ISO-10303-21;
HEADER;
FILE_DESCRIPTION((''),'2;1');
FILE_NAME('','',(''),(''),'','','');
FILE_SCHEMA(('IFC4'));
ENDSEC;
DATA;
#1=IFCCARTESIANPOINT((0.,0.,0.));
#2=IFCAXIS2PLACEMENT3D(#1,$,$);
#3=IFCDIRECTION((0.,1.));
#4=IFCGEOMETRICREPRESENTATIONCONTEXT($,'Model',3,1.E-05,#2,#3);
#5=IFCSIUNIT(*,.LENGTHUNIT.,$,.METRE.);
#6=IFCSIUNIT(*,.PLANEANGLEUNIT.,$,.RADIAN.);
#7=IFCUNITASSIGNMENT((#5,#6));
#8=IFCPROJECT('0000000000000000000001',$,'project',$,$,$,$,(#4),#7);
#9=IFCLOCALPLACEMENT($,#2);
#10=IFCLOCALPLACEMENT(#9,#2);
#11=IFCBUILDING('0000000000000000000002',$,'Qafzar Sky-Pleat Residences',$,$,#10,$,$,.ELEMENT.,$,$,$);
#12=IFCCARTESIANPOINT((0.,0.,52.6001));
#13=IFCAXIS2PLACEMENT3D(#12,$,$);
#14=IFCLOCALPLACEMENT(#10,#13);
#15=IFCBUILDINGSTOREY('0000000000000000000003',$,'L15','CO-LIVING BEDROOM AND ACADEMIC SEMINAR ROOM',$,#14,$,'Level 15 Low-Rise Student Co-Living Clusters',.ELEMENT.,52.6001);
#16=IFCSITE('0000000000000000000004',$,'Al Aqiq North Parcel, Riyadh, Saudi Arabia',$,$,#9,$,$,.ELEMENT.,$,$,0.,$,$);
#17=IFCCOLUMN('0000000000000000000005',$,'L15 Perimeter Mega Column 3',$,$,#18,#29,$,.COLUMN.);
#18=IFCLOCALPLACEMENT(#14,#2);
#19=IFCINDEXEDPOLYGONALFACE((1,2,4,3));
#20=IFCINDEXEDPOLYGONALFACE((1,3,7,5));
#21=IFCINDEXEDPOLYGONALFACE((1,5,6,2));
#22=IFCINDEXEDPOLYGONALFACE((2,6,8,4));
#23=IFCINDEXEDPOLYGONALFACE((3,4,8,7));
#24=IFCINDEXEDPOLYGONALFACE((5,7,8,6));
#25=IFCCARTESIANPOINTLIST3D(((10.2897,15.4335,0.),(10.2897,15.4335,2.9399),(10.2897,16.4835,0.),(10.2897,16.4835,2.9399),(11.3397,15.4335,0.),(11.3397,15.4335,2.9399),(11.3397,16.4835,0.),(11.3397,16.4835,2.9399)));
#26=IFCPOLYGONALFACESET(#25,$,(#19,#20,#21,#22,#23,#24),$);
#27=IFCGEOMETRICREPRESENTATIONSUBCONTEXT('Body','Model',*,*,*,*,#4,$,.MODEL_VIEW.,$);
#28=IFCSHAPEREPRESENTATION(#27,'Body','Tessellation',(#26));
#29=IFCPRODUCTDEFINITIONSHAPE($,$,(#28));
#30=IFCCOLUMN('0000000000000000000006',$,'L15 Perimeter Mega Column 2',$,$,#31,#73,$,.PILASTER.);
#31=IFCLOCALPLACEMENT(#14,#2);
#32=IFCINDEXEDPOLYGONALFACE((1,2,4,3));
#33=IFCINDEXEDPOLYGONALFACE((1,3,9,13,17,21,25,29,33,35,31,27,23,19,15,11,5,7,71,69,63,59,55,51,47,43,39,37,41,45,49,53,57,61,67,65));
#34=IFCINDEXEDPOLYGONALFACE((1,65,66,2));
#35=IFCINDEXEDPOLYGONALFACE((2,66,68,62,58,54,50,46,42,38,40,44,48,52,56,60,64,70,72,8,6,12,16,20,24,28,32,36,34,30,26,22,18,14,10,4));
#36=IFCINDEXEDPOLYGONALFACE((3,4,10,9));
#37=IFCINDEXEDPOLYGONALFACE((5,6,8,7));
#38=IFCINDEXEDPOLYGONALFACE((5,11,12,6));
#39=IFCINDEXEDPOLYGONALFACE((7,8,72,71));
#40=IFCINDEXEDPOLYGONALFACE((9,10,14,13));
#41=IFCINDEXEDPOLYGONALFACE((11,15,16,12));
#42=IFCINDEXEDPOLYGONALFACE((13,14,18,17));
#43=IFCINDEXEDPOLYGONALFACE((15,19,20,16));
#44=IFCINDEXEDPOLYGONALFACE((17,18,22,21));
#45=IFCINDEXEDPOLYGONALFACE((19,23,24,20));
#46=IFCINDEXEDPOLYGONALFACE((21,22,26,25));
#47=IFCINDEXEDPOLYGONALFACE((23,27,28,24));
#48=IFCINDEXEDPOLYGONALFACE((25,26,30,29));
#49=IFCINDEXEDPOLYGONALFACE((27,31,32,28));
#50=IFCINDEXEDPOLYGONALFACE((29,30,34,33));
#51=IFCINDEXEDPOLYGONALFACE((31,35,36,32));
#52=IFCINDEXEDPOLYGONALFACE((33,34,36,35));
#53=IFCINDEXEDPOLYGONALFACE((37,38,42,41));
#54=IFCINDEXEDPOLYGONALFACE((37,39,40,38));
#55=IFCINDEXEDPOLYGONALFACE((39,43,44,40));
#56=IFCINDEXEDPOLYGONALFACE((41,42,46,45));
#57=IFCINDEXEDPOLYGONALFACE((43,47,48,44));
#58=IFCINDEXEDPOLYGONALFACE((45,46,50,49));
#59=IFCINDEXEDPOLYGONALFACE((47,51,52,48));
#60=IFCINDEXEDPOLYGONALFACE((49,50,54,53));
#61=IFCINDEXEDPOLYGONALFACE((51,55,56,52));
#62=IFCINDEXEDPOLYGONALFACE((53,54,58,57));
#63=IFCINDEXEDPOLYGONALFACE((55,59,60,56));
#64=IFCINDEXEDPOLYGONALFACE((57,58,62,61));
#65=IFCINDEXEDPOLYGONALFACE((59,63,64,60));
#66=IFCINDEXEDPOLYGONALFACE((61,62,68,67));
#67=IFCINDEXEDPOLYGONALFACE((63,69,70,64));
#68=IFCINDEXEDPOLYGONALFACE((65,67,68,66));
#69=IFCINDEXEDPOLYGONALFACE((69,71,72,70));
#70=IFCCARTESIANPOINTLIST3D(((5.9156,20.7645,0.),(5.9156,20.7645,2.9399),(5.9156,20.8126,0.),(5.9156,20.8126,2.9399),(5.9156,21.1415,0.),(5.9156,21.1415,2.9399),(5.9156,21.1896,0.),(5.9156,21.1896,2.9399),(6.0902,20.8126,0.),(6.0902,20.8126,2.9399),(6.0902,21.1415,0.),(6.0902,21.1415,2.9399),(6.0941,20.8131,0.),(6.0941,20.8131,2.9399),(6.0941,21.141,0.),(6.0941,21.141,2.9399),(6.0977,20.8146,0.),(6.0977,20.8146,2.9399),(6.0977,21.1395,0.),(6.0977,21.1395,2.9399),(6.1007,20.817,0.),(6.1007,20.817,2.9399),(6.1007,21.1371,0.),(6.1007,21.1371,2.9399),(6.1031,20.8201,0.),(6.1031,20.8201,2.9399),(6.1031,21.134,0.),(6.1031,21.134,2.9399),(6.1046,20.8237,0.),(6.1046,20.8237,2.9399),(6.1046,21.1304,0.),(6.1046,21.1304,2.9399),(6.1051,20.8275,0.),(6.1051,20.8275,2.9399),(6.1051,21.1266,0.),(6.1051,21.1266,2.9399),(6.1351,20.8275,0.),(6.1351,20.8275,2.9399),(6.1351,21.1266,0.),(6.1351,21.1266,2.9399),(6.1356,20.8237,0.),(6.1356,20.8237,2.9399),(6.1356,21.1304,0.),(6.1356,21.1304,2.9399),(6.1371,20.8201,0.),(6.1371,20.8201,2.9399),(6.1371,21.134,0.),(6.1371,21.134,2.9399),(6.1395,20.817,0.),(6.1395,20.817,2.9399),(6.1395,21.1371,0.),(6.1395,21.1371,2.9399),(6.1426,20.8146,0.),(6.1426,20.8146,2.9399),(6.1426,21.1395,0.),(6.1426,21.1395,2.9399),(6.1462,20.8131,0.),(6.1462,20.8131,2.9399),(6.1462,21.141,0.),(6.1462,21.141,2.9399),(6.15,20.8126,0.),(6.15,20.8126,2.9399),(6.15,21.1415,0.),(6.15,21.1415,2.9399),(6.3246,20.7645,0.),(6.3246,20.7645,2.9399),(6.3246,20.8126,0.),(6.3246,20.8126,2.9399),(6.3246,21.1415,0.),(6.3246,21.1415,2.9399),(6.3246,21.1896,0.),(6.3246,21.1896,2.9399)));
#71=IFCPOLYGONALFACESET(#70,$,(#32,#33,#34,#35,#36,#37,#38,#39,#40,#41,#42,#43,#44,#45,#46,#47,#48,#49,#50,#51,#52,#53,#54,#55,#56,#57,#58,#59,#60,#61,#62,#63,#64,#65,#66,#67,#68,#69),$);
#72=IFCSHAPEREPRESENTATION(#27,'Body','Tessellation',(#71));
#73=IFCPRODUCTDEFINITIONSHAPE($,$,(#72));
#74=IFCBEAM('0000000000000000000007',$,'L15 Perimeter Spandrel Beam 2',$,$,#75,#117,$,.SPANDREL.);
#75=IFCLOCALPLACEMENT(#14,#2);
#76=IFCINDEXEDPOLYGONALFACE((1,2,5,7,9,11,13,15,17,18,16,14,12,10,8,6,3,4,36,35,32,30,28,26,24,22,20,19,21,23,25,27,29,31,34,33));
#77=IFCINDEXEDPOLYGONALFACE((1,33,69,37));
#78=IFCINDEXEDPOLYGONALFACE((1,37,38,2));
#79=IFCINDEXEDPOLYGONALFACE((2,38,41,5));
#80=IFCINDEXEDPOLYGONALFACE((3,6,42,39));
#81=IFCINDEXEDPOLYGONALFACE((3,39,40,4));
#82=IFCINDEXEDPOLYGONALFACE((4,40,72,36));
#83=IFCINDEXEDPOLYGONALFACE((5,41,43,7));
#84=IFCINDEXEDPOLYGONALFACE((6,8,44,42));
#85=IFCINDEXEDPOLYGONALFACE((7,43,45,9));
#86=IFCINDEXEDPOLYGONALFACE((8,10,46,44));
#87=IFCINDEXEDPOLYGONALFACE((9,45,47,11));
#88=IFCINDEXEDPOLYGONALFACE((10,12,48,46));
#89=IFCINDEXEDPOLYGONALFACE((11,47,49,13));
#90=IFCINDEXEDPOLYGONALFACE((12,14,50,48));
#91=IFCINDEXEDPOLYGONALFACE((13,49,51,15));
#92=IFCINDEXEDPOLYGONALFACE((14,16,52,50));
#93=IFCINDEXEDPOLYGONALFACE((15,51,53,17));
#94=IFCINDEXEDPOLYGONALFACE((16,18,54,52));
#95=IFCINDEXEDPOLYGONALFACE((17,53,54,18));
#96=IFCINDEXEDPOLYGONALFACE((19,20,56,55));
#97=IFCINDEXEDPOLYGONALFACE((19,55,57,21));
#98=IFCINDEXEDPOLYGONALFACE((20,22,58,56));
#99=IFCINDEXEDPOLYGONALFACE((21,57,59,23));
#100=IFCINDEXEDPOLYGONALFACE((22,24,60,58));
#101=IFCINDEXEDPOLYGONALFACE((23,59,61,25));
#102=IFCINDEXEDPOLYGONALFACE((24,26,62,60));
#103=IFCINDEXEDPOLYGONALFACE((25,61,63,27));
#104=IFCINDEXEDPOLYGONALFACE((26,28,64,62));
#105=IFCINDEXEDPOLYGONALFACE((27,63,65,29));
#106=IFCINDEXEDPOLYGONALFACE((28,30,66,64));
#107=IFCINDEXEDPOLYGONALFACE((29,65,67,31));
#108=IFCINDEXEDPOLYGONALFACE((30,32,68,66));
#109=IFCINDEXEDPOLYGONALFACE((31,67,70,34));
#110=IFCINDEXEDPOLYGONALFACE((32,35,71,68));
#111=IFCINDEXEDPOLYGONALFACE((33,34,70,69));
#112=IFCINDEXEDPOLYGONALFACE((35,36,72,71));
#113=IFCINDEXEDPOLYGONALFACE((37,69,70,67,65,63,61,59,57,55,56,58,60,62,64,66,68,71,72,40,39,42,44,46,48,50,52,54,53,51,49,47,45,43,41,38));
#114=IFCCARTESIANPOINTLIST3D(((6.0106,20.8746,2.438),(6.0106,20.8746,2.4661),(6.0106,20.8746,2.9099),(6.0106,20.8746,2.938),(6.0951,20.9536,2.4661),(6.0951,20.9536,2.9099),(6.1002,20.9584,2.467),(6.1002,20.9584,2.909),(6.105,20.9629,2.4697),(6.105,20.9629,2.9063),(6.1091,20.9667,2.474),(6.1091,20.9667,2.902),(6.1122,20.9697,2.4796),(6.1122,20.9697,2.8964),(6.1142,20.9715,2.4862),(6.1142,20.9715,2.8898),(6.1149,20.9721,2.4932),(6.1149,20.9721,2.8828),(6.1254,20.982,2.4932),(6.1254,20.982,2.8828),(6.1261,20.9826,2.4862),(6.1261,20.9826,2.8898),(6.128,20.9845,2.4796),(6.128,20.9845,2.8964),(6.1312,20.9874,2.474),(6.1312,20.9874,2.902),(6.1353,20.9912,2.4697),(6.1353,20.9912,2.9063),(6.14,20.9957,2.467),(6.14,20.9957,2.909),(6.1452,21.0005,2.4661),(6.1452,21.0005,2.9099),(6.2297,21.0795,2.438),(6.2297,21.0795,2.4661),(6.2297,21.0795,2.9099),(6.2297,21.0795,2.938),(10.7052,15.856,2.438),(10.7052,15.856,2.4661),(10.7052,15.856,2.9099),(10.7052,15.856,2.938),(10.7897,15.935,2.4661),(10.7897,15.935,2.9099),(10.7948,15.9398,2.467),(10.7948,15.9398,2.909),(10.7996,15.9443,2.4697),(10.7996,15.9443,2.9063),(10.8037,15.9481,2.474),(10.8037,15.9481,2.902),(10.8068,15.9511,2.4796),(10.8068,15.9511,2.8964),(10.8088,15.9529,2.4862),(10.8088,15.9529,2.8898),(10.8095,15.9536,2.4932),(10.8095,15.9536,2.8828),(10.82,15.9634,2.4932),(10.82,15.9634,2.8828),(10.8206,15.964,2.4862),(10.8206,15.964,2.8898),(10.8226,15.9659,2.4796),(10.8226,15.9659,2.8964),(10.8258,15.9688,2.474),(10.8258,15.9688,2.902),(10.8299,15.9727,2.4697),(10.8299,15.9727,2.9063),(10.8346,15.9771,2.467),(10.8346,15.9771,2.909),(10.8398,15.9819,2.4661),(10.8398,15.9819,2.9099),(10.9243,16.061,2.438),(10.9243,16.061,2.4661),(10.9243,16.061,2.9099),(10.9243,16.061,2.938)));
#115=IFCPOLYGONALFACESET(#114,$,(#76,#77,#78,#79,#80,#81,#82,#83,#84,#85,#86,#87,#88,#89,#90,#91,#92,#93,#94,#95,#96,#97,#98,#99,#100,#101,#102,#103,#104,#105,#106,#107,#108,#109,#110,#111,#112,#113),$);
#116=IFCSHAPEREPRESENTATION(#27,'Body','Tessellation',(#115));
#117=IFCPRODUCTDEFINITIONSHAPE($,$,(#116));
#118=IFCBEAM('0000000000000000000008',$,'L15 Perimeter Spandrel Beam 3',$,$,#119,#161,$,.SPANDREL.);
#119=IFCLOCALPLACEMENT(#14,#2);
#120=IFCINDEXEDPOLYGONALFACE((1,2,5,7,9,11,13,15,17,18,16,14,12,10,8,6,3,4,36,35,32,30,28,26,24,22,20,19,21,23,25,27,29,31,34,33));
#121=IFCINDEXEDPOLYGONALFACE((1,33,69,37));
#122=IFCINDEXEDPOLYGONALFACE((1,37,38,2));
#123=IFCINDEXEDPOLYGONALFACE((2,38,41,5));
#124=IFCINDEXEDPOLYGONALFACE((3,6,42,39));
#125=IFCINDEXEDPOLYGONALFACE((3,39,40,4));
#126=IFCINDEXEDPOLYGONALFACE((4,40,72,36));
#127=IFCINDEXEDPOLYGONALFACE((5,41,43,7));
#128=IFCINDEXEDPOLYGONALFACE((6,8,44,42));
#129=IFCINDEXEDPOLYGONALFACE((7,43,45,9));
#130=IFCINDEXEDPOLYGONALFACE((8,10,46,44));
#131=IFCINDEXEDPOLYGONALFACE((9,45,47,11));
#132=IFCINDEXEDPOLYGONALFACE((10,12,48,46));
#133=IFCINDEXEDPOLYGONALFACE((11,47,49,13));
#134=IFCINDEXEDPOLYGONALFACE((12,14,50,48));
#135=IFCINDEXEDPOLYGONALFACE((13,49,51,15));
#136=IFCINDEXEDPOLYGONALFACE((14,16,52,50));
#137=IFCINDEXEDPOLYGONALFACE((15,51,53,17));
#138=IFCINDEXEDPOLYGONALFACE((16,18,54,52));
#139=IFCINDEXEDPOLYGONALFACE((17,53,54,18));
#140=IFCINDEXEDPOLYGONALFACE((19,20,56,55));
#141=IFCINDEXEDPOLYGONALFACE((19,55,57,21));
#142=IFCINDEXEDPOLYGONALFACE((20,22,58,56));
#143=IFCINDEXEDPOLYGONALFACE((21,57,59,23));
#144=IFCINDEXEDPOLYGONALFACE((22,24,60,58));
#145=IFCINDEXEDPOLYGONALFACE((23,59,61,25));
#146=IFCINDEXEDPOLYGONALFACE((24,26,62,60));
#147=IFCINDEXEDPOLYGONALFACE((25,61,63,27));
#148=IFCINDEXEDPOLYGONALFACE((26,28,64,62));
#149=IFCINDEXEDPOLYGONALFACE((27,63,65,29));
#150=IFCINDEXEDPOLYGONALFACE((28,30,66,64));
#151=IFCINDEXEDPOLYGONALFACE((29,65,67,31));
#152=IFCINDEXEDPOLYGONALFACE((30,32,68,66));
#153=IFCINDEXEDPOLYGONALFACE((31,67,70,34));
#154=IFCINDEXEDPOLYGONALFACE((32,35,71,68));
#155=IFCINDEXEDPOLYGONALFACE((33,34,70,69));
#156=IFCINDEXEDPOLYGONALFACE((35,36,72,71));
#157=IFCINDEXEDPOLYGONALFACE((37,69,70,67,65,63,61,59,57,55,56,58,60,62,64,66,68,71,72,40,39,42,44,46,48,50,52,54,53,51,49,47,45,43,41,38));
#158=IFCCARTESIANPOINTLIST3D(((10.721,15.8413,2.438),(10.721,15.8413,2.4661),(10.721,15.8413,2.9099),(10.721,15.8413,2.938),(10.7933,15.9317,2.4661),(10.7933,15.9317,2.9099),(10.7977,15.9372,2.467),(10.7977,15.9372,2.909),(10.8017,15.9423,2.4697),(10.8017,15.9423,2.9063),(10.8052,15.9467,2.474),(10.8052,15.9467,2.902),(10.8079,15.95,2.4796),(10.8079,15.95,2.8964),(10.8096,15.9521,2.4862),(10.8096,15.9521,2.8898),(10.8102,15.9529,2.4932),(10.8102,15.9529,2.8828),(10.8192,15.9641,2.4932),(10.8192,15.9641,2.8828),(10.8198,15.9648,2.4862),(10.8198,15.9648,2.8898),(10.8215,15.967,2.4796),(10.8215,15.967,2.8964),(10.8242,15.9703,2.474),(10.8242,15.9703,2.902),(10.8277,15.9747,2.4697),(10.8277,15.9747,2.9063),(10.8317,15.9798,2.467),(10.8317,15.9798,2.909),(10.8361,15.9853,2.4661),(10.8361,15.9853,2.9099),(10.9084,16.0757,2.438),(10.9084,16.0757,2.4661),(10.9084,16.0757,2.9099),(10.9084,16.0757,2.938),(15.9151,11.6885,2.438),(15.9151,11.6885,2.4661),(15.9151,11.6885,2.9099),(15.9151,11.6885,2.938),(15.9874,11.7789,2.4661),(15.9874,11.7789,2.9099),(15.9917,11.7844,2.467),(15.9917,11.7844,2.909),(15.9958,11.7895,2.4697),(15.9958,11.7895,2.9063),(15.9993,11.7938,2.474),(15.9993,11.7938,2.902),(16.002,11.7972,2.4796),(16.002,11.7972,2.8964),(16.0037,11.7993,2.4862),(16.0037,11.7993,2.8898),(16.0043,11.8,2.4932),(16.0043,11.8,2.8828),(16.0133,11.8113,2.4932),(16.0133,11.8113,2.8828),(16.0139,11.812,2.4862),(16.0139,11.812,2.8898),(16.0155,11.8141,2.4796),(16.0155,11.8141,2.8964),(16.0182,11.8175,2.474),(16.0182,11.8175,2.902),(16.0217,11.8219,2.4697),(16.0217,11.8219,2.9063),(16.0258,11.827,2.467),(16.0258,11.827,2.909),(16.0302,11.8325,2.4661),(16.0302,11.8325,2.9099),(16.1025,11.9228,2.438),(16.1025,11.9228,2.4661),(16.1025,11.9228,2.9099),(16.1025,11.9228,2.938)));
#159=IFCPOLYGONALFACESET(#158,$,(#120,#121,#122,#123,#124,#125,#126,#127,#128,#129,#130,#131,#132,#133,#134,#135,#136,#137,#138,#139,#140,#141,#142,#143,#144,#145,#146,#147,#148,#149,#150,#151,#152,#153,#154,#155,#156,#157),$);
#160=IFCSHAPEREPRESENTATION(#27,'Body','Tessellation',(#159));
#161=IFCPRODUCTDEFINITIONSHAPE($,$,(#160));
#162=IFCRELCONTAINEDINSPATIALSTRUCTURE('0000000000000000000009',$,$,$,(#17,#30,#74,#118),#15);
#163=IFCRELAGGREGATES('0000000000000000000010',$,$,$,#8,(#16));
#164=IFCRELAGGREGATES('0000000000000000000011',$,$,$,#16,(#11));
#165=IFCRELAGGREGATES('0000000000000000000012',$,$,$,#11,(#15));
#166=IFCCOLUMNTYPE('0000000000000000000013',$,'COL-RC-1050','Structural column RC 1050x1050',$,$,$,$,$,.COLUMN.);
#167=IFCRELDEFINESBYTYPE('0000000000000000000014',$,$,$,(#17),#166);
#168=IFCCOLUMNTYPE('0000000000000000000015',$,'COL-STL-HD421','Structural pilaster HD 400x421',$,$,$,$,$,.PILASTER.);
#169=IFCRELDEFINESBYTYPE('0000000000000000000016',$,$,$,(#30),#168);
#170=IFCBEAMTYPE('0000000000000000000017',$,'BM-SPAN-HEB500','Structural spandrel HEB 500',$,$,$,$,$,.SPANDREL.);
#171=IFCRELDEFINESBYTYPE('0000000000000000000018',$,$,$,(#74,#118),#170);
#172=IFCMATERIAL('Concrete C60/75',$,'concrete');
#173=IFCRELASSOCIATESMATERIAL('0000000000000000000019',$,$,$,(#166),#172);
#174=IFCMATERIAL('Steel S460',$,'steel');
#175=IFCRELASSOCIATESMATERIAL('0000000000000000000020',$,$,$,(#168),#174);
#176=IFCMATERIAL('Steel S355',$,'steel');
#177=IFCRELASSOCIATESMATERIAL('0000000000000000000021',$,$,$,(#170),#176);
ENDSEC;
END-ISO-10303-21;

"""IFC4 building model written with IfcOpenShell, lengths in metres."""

from ifc_helpers import new_model, si_unit, direction, frame, origin, origin_2d, place, context, subcontext, project, spatial, rectangle, i_section, extrude, source, transform, mapped, material, material_profile, profile_set, type_object, element, save


model = new_model("IFC4")

# Units and contexts
model_context = context("Model", 3, precision=1e-05, world=origin(), true_north=direction((0.0, 1.0)))
body_context = subcontext(model_context, "Body", "Model", "MODEL_VIEW")
ifc_project = project(units=[si_unit("LENGTHUNIT", "METRE"), si_unit("PLANEANGLEUNIT", "RADIAN")], contexts=[model_context])

# Site, building, storey
site_placement = place(None, origin())
site = spatial("IfcSite", under=ifc_project, at=site_placement, Name="Al Aqiq North Parcel, Riyadh, Saudi Arabia", CompositionType="ELEMENT", RefElevation=0.0)
building_placement = place(site_placement, origin())
building = spatial("IfcBuilding", under=site, at=building_placement, Name="Qafzar Sky-Pleat Residences", CompositionType="ELEMENT")
storey_placement = place(building_placement, frame((0.0, 0.0, 52.6001)))
storey = spatial("IfcBuildingStorey", under=building, at=storey_placement, Name="L15", Description="CO-LIVING BEDROOM AND ACADEMIC SEMINAR ROOM", LongName="Level 15 Low-Rise Student Co-Living Clusters", CompositionType="ELEMENT", Elevation=52.6001)

# Columns
ifc_material_1 = material(Name="Concrete C60/75", Category="concrete")
ifc_material_profile_1 = material_profile(ifc_material_1, rectangle(XDim=1.05, YDim=1.05, at=origin_2d()), Name="RC 1050x1050")
ifc_profile_set_1 = profile_set([ifc_material_profile_1], Name="Concrete C60/75")
column_type_1 = type_object("IfcColumnType", Name="COL-RC-1050", Description="Structural column RC 1050x1050", PredefinedType="COLUMN", material=ifc_profile_set_1)
shared_shape_1 = source(origin(), body_context, "Body", "SweptSolid", [
    extrude(rectangle(XDim=1.05, YDim=1.05, at=origin_2d()), origin(), (0.0, 0.0, 1.0), 2.9399),
])
column_1_placement = place(storey_placement, frame((10.8147, 15.9585, 0.0), z_axis=(0.0, 0.0, 1.0), x_axis=(1.0, 0.0, 0.0)))
element("IfcColumn", 1, at=column_1_placement, inside=storey, type_object=column_type_1, Name="L15 Perimeter Mega Column 3", PredefinedType="COLUMN", context=body_context, shape_type="MappedRepresentation", body=[
    mapped(shared_shape_1, transform((0.0, 0.0, 0.0), x_axis=(1.0, 0.0, 0.0), y_axis=(0.0, 1.0, 0.0), z_axis=(0.0, 0.0, 1.0), scale=1.0)),
])
ifc_material_2 = material(Name="Steel S460", Category="steel")
ifc_material_profile_2 = material_profile(ifc_material_2, i_section(OverallWidth=0.4089, OverallDepth=0.425, WebThickness=0.03, FlangeThickness=0.0481, FilletRadius=0.0149, at=origin_2d()), Name="HD 400x421")
ifc_profile_set_2 = profile_set([ifc_material_profile_2], Name="Steel S460")
column_type_2 = type_object("IfcColumnType", Name="COL-STL-HD421", Description="Structural pilaster HD 400x421", PredefinedType="PILASTER", material=ifc_profile_set_2)
shared_shape_2 = source(origin(), body_context, "Body", "SweptSolid", [
    extrude(i_section(OverallWidth=0.4089, OverallDepth=0.425, WebThickness=0.03, FlangeThickness=0.0481, FilletRadius=0.0149, at=origin_2d()), origin(), (0.0, 0.0, 1.0), 2.9399),
])
column_2_placement = place(storey_placement, frame((6.1201, 20.9771, 0.0), z_axis=(0.0, 0.0, 1.0), x_axis=(1.0, 0.0, 0.0)))
element("IfcColumn", 2, at=column_2_placement, inside=storey, type_object=column_type_2, Name="L15 Perimeter Mega Column 2", PredefinedType="PILASTER", context=body_context, shape_type="MappedRepresentation", body=[
    mapped(shared_shape_2, transform((0.0, 0.0, 0.0), x_axis=(1.0, 0.0, 0.0), y_axis=(0.0, 1.0, 0.0), z_axis=(0.0, 0.0, 1.0), scale=1.0)),
])

# Beams
ifc_material_3 = material(Name="Steel S355", Category="steel")
ifc_material_profile_3 = material_profile(ifc_material_3, i_section(OverallWidth=0.3, OverallDepth=0.5, WebThickness=0.0144, FlangeThickness=0.0281, FilletRadius=0.0271, at=origin_2d()), Name="HEB 500")
ifc_profile_set_3 = profile_set([ifc_material_profile_3], Name="Steel S355")
beam_type_1 = type_object("IfcBeamType", Name="BM-SPAN-HEB500", Description="Structural spandrel HEB 500", PredefinedType="SPANDREL", material=ifc_profile_set_3)
shared_shape_3 = source(origin(), body_context, "Body", "SweptSolid", [
    extrude(i_section(OverallWidth=0.3, OverallDepth=0.5, WebThickness=0.0144, FlangeThickness=0.0281, FilletRadius=0.0271, at=origin_2d()), origin(), (0.0, 0.0, 1.0), 6.8721),
])
beam_1_placement = place(storey_placement, frame((6.1201, 20.9771, 2.688), z_axis=(0.683142, -0.730286, 0.0), x_axis=(0.730286, 0.683142, 0.0)))
element("IfcBeam", 3, at=beam_1_placement, inside=storey, type_object=beam_type_1, Name="L15 Perimeter Spandrel Beam 2", PredefinedType="SPANDREL", context=body_context, shape_type="MappedRepresentation", body=[
    mapped(shared_shape_3, transform((0.0, 0.0, 0.0), x_axis=(1.0, 0.0, 0.0), y_axis=(0.0, 1.0, 0.0), z_axis=(0.0, 0.0, 1.0), scale=1.0)),
])
shared_shape_4 = source(origin(), body_context, "Body", "SweptSolid", [
    extrude(i_section(OverallWidth=0.3, OverallDepth=0.5, WebThickness=0.0144, FlangeThickness=0.0281, FilletRadius=0.0271, at=origin_2d()), origin(), (0.0, 0.0, 1.0), 6.6501),
])
beam_2_placement = place(storey_placement, frame((10.8147, 15.9585, 2.688), z_axis=(0.781048, -0.624471, 0.0), x_axis=(0.624471, 0.781048, 0.0)))
element("IfcBeam", 4, at=beam_2_placement, inside=storey, type_object=beam_type_1, Name="L15 Perimeter Spandrel Beam 3", PredefinedType="SPANDREL", context=body_context, shape_type="MappedRepresentation", body=[
    mapped(shared_shape_4, transform((0.0, 0.0, 0.0), x_axis=(1.0, 0.0, 0.0), y_axis=(0.0, 1.0, 0.0), z_axis=(0.0, 0.0, 1.0), scale=1.0)),
])

save(model, "model.ifc")
